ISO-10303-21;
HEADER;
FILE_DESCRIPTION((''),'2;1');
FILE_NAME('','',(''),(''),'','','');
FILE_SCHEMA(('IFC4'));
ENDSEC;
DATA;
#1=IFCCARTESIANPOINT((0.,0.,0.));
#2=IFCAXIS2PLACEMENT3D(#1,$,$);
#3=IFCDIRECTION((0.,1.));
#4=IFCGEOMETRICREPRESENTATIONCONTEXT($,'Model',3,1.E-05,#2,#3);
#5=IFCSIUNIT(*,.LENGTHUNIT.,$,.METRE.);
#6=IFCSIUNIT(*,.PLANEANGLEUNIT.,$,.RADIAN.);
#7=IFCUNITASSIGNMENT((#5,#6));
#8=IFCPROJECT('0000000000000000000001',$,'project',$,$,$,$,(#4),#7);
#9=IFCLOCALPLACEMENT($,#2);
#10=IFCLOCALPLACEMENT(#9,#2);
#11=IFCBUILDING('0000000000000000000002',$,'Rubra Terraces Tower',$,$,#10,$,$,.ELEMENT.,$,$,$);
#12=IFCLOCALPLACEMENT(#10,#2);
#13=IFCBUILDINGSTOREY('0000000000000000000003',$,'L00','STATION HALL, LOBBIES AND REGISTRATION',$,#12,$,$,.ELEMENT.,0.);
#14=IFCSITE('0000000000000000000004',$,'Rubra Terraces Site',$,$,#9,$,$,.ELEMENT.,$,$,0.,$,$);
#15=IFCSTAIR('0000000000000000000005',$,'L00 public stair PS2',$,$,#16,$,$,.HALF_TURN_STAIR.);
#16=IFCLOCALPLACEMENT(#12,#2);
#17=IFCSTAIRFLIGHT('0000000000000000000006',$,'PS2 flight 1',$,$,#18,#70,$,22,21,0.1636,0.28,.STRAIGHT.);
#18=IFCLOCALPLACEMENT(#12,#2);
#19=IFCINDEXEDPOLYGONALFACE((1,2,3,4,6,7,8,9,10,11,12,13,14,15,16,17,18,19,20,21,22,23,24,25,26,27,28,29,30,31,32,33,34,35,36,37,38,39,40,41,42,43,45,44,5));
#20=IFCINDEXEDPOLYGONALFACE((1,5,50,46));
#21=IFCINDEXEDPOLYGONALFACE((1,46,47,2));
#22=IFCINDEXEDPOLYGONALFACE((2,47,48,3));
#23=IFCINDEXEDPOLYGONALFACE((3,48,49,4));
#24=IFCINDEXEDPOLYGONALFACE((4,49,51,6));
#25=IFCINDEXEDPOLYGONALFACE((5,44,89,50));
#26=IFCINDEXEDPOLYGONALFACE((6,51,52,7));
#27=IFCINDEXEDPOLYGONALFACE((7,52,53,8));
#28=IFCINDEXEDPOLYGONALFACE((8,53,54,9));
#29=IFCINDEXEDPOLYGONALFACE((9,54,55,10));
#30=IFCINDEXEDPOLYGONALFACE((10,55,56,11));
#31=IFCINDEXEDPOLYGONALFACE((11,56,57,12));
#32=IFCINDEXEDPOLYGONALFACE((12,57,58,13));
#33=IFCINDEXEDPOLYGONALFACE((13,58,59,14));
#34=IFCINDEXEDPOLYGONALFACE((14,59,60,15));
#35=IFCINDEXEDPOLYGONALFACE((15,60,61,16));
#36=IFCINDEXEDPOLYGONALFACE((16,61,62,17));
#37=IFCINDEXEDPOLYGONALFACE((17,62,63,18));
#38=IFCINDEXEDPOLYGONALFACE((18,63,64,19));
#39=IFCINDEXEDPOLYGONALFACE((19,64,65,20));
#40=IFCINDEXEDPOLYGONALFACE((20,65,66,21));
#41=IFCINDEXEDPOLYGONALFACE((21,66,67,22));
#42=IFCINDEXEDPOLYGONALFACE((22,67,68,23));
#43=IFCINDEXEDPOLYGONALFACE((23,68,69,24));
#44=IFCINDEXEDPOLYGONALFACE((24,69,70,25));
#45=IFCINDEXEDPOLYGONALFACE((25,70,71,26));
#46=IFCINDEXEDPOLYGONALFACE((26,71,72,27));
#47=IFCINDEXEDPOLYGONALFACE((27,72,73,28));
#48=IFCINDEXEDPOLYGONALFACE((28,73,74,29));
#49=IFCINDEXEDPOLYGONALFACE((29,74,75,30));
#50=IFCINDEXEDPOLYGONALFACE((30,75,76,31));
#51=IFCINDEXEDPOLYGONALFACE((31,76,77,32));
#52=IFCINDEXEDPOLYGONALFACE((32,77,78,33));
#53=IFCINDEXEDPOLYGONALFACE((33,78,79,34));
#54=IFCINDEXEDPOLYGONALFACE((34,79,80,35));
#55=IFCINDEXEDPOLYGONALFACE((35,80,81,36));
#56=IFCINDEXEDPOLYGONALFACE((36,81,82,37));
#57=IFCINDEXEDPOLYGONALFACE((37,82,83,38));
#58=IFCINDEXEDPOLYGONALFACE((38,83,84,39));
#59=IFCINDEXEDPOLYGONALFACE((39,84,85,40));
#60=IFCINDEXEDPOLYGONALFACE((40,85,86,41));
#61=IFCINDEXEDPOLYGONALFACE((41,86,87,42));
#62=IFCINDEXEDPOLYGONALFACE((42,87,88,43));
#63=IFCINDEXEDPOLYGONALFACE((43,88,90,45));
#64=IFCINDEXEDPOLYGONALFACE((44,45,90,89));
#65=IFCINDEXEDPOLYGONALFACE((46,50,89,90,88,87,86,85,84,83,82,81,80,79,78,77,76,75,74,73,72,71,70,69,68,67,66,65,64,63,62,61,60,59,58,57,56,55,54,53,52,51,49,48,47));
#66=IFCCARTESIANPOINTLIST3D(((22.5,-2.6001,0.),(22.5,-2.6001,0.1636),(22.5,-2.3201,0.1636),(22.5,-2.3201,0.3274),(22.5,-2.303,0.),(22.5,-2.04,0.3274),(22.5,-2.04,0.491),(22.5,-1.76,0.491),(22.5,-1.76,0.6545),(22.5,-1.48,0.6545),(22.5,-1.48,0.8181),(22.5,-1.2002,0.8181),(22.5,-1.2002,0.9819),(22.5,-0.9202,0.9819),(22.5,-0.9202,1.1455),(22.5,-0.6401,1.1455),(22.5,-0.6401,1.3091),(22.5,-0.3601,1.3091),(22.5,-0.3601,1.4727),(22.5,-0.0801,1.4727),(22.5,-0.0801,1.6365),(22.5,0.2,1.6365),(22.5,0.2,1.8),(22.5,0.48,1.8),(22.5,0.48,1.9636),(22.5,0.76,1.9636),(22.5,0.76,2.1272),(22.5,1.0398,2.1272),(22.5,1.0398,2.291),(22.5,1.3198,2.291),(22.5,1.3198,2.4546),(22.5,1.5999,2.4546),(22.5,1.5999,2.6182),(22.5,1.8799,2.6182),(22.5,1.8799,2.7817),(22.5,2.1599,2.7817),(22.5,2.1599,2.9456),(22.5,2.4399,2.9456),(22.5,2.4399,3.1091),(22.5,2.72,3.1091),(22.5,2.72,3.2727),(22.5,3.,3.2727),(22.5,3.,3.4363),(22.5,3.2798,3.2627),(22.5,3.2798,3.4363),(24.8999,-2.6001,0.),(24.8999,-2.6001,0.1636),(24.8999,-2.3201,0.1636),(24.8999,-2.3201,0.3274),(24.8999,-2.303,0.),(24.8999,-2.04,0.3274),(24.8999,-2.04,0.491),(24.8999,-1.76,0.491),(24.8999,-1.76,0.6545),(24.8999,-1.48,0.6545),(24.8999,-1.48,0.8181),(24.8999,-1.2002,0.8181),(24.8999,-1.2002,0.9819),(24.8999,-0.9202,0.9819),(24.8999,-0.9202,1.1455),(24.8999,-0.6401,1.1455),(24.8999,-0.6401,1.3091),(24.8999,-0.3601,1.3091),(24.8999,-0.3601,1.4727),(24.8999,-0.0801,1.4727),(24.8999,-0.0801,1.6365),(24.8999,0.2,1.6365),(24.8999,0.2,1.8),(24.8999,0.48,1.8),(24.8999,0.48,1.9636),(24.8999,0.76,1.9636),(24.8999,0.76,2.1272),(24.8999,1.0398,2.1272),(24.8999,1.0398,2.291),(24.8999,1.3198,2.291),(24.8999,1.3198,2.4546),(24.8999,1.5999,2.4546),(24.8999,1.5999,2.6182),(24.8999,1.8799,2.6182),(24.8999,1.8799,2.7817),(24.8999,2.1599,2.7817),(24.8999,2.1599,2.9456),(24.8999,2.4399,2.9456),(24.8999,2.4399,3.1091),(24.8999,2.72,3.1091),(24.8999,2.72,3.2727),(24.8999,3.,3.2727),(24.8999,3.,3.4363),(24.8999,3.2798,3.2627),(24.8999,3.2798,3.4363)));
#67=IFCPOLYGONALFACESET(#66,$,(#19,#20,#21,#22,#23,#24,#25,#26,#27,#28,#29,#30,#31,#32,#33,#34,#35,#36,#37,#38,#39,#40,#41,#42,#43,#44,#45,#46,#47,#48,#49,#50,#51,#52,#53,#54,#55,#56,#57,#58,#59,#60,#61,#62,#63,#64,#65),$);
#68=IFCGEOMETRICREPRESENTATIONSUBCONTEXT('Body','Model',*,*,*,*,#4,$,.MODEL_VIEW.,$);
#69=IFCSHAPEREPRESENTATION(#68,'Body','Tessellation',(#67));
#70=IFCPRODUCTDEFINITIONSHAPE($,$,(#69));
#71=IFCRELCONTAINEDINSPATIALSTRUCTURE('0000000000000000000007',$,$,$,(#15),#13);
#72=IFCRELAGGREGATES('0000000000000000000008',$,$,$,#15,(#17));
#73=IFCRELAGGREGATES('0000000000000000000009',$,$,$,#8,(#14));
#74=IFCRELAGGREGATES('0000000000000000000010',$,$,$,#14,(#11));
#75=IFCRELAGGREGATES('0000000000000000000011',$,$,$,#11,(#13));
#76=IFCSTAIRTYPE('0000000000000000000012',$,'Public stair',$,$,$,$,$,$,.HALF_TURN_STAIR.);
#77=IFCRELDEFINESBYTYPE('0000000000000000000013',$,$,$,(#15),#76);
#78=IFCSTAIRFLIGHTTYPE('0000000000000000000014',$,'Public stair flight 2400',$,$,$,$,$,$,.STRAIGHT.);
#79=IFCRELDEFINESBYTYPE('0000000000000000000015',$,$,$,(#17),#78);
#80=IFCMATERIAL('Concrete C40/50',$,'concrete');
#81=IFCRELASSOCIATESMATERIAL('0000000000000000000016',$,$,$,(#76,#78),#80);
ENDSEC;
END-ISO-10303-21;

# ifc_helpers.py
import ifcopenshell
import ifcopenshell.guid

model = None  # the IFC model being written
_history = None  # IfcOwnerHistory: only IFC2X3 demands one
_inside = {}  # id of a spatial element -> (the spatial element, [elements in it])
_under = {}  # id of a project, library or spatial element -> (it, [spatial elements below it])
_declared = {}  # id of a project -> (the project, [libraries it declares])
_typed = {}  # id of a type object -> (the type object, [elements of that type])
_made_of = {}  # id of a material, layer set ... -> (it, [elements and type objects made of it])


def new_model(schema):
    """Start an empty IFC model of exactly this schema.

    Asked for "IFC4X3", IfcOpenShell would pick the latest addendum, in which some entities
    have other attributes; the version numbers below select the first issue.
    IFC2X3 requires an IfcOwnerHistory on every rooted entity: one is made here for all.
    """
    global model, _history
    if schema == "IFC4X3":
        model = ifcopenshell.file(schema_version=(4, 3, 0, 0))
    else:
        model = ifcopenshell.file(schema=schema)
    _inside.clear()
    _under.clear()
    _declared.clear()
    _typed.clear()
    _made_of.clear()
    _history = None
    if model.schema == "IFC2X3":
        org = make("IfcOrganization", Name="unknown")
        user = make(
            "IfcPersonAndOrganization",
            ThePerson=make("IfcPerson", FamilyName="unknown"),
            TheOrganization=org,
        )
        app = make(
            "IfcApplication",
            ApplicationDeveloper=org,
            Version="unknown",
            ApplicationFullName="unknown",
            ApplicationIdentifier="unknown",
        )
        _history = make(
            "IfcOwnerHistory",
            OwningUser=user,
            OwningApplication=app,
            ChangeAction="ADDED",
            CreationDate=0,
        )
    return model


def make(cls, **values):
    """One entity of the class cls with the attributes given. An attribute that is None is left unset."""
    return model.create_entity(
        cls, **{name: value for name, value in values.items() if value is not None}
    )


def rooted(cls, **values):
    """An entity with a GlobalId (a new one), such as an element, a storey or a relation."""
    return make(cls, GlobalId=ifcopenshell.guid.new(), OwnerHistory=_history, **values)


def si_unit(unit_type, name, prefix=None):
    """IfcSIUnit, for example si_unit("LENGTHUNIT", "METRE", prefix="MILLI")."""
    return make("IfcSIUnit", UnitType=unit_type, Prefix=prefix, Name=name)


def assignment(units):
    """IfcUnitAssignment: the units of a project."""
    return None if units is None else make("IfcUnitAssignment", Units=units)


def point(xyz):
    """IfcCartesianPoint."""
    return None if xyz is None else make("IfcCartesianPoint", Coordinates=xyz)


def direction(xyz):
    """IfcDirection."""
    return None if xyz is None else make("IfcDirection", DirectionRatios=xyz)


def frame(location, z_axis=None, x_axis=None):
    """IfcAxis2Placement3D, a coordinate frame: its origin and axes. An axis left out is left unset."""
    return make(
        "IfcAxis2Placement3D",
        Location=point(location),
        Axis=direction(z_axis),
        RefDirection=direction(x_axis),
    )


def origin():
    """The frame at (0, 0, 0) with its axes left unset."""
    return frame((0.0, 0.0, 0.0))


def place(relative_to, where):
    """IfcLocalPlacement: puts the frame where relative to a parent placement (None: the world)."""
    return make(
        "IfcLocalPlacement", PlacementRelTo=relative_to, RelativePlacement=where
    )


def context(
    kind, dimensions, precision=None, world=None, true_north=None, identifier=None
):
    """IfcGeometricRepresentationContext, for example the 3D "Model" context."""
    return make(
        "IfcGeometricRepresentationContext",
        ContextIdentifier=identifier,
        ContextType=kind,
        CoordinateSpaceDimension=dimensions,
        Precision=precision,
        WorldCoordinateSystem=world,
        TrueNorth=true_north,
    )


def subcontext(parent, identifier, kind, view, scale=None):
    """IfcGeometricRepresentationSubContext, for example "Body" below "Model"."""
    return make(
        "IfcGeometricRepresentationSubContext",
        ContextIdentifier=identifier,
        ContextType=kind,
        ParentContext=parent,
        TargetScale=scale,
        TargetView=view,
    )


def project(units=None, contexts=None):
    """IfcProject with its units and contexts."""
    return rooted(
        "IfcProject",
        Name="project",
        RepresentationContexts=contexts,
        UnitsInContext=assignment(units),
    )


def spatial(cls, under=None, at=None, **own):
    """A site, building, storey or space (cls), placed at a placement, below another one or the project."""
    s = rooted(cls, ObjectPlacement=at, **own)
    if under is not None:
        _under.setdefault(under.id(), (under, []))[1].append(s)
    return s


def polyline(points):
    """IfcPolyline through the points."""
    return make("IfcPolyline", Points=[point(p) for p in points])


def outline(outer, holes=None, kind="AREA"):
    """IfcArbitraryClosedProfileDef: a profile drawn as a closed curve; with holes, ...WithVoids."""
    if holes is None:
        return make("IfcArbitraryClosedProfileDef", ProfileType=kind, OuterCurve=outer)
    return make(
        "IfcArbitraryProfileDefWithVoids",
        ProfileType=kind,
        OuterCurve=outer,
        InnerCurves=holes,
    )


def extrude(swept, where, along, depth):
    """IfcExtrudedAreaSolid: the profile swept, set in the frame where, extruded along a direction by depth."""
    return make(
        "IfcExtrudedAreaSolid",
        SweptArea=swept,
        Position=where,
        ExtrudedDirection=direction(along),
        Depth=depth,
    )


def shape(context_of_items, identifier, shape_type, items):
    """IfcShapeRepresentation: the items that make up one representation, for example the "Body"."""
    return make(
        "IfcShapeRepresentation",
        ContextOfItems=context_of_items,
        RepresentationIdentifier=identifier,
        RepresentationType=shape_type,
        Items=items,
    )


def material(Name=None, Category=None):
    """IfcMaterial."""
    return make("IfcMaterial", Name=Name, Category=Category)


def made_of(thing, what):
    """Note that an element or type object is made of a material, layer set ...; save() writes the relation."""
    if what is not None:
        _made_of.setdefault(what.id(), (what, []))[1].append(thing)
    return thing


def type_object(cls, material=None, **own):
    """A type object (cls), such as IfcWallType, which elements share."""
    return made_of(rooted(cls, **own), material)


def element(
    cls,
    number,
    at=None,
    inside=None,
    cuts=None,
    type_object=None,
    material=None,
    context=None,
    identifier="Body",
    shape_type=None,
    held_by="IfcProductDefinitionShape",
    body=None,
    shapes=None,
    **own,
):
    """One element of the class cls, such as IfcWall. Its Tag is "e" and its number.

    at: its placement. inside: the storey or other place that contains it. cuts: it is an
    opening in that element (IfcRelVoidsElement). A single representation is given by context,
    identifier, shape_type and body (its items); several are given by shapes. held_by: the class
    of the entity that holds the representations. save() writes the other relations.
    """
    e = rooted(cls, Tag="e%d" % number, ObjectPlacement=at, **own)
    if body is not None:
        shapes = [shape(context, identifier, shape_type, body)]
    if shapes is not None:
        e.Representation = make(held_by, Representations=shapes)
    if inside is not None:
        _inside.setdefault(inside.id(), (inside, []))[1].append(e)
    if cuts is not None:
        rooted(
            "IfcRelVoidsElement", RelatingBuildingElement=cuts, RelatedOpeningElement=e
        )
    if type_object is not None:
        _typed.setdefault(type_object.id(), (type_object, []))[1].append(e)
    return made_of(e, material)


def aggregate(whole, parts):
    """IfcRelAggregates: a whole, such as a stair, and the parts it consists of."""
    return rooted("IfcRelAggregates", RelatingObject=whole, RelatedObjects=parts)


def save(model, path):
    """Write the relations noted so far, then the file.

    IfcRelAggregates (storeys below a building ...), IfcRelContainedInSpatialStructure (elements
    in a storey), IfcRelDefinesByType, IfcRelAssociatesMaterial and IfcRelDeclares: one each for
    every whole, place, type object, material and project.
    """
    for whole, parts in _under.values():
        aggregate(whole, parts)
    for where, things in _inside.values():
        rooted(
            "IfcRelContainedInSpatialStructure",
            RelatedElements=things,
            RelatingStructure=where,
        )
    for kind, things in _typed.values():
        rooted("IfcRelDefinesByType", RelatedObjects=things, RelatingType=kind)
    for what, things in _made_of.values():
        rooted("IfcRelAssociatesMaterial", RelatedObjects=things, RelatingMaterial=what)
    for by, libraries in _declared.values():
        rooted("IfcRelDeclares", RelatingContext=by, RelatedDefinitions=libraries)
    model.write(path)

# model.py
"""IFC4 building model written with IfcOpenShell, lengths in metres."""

from ifc_helpers import new_model, si_unit, direction, frame, origin, place, context, subcontext, project, spatial, polyline, outline, extrude, material, type_object, element, aggregate, save


model = new_model("IFC4")

# Units and contexts
model_context = context("Model", 3, precision=1e-05, world=origin(), true_north=direction((0.0, 1.0)))
body_context = subcontext(model_context, "Body", "Model", "MODEL_VIEW")
ifc_project = project(units=[si_unit("LENGTHUNIT", "METRE"), si_unit("PLANEANGLEUNIT", "RADIAN")], contexts=[model_context])

# Site, building, storey
site_placement = place(None, origin())
site = spatial("IfcSite", under=ifc_project, at=site_placement, Name="Rubra Terraces Site", CompositionType="ELEMENT", RefElevation=0.0)
building_placement = place(site_placement, origin())
building = spatial("IfcBuilding", under=site, at=building_placement, Name="Rubra Terraces Tower", CompositionType="ELEMENT")
storey_placement = place(building_placement, origin())
storey = spatial("IfcBuildingStorey", under=building, at=storey_placement, Name="L00", Description="STATION HALL, LOBBIES AND REGISTRATION", CompositionType="ELEMENT", Elevation=0.0)

# Stair, stair flight
ifc_material_1 = material(Name="Concrete C40/50", Category="concrete")
stair_type = type_object("IfcStairType", Name="Public stair", PredefinedType="HALF_TURN_STAIR", material=ifc_material_1)
stair_placement = place(storey_placement, origin())
stair = element("IfcStair", 1, at=stair_placement, inside=storey, type_object=stair_type, Name="L00 public stair PS2", PredefinedType="HALF_TURN_STAIR")
stair_flight_type = type_object("IfcStairFlightType", Name="Public stair flight 2400", PredefinedType="STRAIGHT", material=ifc_material_1)
stair_flight_placement = place(storey_placement, frame((23.7, -2.6001, 0.0), z_axis=(0.0, 0.0, 1.0), x_axis=(0.0, 1.0, 0.0)))
stair_flight = element("IfcStairFlight", 2, at=stair_flight_placement, type_object=stair_flight_type, Name="PS2 flight 1", NumberOfRisers=22, NumberOfTreads=21, PredefinedType="STRAIGHT", RiserHeight=0.1636, TreadLength=0.28, context=body_context, shape_type="SweptSolid", body=[
    extrude(outline(polyline([(0.0, 0.0), (0.0, 0.1636), (0.28, 0.1636), (0.28, 0.3274), (0.5601, 0.3274), (0.5601, 0.491), (0.8401, 0.491), (0.8401, 0.6545), (1.1201, 0.6545), (1.1201, 0.8181), (1.3999, 0.8181), (1.3999, 0.9819), (1.6799, 0.9819), (1.6799, 1.1455), (1.96, 1.1455), (1.96, 1.3091), (2.24, 1.3091), (2.24, 1.4727), (2.52, 1.4727), (2.52, 1.6365), (2.8, 1.6365), (2.8, 1.8), (3.0801, 1.8), (3.0801, 1.9636), (3.3601, 1.9636), (3.3601, 2.1272), (3.6399, 2.1272), (3.6399, 2.291), (3.9199, 2.291), (3.9199, 2.4546), (4.2, 2.4546), (4.2, 2.6182), (4.48, 2.6182), (4.48, 2.7817), (4.76, 2.7817), (4.76, 2.9456), (5.04, 2.9456), (5.04, 3.1091), (5.3201, 3.1091), (5.3201, 3.2727), (5.6001, 3.2727), (5.6001, 3.4363), (5.8799, 3.4363), (5.8799, 3.6001), (5.8799, 3.2627), (0.2971, 0.0), (0.0, 0.0)])), frame((0.0, 1.2, 0.0), z_axis=(0.0, -1.0, 0.0), x_axis=(1.0, 0.0, 0.0)), (0.0, 0.0, 1.0), 2.3999),
])
aggregate(stair, [stair_flight])

save(model, "model.ifc")
